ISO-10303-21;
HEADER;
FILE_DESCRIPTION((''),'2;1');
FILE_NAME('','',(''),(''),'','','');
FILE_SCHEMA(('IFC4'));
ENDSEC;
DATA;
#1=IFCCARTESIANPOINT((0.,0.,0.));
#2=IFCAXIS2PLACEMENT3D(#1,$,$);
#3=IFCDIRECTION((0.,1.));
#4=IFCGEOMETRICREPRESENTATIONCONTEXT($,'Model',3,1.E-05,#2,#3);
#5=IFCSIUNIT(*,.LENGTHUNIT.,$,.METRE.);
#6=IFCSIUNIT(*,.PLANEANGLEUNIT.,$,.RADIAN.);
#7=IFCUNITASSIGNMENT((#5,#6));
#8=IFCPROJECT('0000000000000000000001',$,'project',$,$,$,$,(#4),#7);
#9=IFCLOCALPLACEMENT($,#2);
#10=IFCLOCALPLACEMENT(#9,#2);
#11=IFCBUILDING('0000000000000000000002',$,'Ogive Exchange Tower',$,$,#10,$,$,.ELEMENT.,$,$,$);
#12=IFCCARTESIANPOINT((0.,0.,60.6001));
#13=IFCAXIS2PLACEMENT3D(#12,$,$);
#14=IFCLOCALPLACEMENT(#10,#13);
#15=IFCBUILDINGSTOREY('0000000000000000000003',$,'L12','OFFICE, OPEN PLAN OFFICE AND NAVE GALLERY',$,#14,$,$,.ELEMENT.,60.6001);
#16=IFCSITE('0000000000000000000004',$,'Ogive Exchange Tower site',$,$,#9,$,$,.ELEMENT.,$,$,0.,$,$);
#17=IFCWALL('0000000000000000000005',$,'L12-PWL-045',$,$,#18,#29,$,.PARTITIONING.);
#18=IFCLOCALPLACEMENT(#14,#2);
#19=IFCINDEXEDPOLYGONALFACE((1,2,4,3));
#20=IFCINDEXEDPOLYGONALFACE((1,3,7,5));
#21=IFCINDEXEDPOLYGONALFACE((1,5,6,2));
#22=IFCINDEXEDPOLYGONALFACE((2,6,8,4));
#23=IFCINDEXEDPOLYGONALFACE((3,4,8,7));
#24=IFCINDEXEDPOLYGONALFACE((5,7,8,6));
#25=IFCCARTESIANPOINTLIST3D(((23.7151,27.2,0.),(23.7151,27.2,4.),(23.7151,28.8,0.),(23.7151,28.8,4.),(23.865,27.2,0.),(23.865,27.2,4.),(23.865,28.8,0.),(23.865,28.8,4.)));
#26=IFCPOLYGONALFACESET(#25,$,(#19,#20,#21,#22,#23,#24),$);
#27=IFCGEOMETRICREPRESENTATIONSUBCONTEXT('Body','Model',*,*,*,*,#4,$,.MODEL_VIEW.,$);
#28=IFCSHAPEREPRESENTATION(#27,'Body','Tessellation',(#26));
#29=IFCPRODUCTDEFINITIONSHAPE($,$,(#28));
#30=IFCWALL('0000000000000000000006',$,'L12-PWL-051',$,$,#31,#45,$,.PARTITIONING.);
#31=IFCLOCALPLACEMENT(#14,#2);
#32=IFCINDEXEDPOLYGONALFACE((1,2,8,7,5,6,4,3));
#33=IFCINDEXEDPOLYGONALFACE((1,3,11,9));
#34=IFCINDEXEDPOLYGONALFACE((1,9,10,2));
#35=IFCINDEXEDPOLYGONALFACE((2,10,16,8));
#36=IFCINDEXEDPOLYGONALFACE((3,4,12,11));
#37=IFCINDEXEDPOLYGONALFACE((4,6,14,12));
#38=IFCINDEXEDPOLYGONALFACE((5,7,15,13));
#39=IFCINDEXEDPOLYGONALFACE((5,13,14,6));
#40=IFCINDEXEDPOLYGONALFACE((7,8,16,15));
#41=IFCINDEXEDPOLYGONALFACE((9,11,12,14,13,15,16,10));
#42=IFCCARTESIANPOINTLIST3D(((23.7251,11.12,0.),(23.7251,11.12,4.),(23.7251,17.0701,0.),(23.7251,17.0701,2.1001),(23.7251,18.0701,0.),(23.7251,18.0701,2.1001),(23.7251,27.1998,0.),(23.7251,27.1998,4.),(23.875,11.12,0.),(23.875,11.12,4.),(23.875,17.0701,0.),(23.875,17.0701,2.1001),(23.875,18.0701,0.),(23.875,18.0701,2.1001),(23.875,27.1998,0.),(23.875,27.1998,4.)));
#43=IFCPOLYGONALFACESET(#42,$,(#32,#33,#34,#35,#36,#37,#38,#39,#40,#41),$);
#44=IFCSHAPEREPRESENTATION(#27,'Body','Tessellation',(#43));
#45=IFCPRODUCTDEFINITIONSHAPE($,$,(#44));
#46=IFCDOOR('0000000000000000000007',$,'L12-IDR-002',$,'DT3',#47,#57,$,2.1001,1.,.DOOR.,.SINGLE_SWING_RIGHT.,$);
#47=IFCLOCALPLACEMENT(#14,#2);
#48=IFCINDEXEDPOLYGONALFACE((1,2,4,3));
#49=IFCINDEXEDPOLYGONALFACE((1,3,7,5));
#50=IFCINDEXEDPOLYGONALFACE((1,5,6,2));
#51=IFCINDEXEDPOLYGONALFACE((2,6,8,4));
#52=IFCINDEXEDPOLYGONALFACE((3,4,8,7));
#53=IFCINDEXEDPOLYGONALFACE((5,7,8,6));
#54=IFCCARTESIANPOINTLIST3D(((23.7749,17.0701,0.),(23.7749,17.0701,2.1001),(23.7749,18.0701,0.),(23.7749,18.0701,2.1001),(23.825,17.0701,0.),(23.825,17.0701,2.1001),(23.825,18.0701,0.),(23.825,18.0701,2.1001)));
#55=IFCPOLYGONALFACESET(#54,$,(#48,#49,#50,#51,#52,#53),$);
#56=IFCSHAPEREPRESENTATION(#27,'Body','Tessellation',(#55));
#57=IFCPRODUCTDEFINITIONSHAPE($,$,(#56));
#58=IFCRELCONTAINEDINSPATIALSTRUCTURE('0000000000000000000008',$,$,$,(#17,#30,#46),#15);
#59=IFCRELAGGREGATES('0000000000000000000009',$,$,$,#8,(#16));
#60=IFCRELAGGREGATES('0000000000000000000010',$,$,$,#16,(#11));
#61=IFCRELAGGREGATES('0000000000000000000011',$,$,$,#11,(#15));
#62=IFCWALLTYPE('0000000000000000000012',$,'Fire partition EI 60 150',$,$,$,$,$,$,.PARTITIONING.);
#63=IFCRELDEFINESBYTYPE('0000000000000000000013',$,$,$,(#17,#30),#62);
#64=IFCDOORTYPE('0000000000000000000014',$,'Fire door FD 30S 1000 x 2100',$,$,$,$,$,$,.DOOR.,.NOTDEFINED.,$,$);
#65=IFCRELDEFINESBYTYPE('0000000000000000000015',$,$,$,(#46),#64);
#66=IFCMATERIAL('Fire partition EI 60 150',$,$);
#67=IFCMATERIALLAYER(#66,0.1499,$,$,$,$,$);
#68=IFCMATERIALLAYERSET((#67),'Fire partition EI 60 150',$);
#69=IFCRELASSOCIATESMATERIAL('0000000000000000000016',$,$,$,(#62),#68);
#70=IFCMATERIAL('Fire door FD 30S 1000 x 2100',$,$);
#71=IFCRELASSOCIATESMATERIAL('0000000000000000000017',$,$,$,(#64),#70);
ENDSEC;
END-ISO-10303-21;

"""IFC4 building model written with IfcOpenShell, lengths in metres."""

from ifc_helpers import new_model, si_unit, direction, frame, frame_2d, origin, place, context, subcontext, project, spatial, rectangle, extrude, material, layer, layer_set, type_object, element, fill, save


model = new_model("IFC4")

# Units and contexts
model_context = context("Model", 3, precision=1e-05, world=origin(), true_north=direction((0.0, 1.0)))
body_context = subcontext(model_context, "Body", "Model", "MODEL_VIEW")
ifc_project = project(units=[si_unit("LENGTHUNIT", "METRE"), si_unit("PLANEANGLEUNIT", "RADIAN")], contexts=[model_context])

# Site, building, storey
site_placement = place(None, origin())
site = spatial("IfcSite", under=ifc_project, at=site_placement, Name="Ogive Exchange Tower site", CompositionType="ELEMENT", RefElevation=0.0)
building_placement = place(site_placement, origin())
building = spatial("IfcBuilding", under=site, at=building_placement, Name="Ogive Exchange Tower", CompositionType="ELEMENT")
storey_placement = place(building_placement, frame((0.0, 0.0, 60.6001)))
storey = spatial("IfcBuildingStorey", under=building, at=storey_placement, Name="L12", Description="OFFICE, OPEN PLAN OFFICE AND NAVE GALLERY", CompositionType="ELEMENT", Elevation=60.6001)

# Wall
ifc_material_1 = material(Name="Fire partition EI 60 150")
ifc_layer_1 = layer(ifc_material_1, 0.1499)
ifc_layer_set_1 = layer_set([ifc_layer_1], Name="Fire partition EI 60 150")
wall_type_1 = type_object("IfcWallType", Name="Fire partition EI 60 150", PredefinedType="PARTITIONING", material=ifc_layer_set_1)
wall_1_placement = place(storey_placement, frame((23.79, 28.8, 0.0), z_axis=(0.0, 0.0, 1.0), x_axis=(0.0, -1.0, 0.0)))
element("IfcWall", 1, at=wall_1_placement, inside=storey, type_object=wall_type_1, Name="L12-PWL-045", PredefinedType="PARTITIONING", context=body_context, shape_type="SweptSolid", body=[
    extrude(rectangle(XDim=1.6001, YDim=0.1499, at=frame_2d((0.8, 0.0))), origin(), (0.0, 0.0, 1.0), 4.0),
])

# Wall, opening, door
wall_2_placement = place(storey_placement, frame((23.8, 27.2, 0.0), z_axis=(0.0, 0.0, 1.0), x_axis=(0.0, -1.0, 0.0)))
wall_2 = element("IfcWall", 2, at=wall_2_placement, inside=storey, type_object=wall_type_1, Name="L12-PWL-051", PredefinedType="PARTITIONING", context=body_context, shape_type="SweptSolid", body=[
    extrude(rectangle(XDim=16.0798, YDim=0.1499, at=frame_2d((8.04, 0.0))), origin(), (0.0, 0.0, 1.0), 4.0),
])
opening_1_placement = place(wall_2_placement, frame((9.1299, 0.0, 0.0)))
opening_1 = element("IfcOpeningElement", 3, at=opening_1_placement, cuts=wall_2, PredefinedType="OPENING", context=body_context, shape_type="SweptSolid", body=[
    extrude(rectangle(XDim=1.0, YDim=2.1001, at=frame_2d((0.5, 1.05))), frame((0.0, 0.085, 0.0), z_axis=(0.0, -1.0, 0.0), x_axis=(1.0, 0.0, 0.0)), (0.0, 0.0, 1.0), 0.1699),
])
ifc_material_2 = material(Name="Fire door FD 30S 1000 x 2100")
door_type_1 = type_object("IfcDoorType", Name="Fire door FD 30S 1000 x 2100", OperationType="NOTDEFINED", PredefinedType="DOOR", material=ifc_material_2)
door_1_placement = place(opening_1_placement, origin())
door_1 = element("IfcDoor", 4, at=door_1_placement, inside=storey, type_object=door_type_1, Name="L12-IDR-002", ObjectType="DT3", OperationType="SINGLE_SWING_RIGHT", OverallHeight=2.1001, OverallWidth=1.0, PredefinedType="DOOR", context=body_context, shape_type="SweptSolid", body=[
    extrude(rectangle(XDim=1.0, YDim=2.1001, at=frame_2d((0.5, 1.05))), frame((0.0, 0.0249, 0.0), z_axis=(0.0, -1.0, 0.0), x_axis=(1.0, 0.0, 0.0)), (0.0, 0.0, 1.0), 0.05),
])
fill(opening_1, door_1)

save(model, "model.ifc")
